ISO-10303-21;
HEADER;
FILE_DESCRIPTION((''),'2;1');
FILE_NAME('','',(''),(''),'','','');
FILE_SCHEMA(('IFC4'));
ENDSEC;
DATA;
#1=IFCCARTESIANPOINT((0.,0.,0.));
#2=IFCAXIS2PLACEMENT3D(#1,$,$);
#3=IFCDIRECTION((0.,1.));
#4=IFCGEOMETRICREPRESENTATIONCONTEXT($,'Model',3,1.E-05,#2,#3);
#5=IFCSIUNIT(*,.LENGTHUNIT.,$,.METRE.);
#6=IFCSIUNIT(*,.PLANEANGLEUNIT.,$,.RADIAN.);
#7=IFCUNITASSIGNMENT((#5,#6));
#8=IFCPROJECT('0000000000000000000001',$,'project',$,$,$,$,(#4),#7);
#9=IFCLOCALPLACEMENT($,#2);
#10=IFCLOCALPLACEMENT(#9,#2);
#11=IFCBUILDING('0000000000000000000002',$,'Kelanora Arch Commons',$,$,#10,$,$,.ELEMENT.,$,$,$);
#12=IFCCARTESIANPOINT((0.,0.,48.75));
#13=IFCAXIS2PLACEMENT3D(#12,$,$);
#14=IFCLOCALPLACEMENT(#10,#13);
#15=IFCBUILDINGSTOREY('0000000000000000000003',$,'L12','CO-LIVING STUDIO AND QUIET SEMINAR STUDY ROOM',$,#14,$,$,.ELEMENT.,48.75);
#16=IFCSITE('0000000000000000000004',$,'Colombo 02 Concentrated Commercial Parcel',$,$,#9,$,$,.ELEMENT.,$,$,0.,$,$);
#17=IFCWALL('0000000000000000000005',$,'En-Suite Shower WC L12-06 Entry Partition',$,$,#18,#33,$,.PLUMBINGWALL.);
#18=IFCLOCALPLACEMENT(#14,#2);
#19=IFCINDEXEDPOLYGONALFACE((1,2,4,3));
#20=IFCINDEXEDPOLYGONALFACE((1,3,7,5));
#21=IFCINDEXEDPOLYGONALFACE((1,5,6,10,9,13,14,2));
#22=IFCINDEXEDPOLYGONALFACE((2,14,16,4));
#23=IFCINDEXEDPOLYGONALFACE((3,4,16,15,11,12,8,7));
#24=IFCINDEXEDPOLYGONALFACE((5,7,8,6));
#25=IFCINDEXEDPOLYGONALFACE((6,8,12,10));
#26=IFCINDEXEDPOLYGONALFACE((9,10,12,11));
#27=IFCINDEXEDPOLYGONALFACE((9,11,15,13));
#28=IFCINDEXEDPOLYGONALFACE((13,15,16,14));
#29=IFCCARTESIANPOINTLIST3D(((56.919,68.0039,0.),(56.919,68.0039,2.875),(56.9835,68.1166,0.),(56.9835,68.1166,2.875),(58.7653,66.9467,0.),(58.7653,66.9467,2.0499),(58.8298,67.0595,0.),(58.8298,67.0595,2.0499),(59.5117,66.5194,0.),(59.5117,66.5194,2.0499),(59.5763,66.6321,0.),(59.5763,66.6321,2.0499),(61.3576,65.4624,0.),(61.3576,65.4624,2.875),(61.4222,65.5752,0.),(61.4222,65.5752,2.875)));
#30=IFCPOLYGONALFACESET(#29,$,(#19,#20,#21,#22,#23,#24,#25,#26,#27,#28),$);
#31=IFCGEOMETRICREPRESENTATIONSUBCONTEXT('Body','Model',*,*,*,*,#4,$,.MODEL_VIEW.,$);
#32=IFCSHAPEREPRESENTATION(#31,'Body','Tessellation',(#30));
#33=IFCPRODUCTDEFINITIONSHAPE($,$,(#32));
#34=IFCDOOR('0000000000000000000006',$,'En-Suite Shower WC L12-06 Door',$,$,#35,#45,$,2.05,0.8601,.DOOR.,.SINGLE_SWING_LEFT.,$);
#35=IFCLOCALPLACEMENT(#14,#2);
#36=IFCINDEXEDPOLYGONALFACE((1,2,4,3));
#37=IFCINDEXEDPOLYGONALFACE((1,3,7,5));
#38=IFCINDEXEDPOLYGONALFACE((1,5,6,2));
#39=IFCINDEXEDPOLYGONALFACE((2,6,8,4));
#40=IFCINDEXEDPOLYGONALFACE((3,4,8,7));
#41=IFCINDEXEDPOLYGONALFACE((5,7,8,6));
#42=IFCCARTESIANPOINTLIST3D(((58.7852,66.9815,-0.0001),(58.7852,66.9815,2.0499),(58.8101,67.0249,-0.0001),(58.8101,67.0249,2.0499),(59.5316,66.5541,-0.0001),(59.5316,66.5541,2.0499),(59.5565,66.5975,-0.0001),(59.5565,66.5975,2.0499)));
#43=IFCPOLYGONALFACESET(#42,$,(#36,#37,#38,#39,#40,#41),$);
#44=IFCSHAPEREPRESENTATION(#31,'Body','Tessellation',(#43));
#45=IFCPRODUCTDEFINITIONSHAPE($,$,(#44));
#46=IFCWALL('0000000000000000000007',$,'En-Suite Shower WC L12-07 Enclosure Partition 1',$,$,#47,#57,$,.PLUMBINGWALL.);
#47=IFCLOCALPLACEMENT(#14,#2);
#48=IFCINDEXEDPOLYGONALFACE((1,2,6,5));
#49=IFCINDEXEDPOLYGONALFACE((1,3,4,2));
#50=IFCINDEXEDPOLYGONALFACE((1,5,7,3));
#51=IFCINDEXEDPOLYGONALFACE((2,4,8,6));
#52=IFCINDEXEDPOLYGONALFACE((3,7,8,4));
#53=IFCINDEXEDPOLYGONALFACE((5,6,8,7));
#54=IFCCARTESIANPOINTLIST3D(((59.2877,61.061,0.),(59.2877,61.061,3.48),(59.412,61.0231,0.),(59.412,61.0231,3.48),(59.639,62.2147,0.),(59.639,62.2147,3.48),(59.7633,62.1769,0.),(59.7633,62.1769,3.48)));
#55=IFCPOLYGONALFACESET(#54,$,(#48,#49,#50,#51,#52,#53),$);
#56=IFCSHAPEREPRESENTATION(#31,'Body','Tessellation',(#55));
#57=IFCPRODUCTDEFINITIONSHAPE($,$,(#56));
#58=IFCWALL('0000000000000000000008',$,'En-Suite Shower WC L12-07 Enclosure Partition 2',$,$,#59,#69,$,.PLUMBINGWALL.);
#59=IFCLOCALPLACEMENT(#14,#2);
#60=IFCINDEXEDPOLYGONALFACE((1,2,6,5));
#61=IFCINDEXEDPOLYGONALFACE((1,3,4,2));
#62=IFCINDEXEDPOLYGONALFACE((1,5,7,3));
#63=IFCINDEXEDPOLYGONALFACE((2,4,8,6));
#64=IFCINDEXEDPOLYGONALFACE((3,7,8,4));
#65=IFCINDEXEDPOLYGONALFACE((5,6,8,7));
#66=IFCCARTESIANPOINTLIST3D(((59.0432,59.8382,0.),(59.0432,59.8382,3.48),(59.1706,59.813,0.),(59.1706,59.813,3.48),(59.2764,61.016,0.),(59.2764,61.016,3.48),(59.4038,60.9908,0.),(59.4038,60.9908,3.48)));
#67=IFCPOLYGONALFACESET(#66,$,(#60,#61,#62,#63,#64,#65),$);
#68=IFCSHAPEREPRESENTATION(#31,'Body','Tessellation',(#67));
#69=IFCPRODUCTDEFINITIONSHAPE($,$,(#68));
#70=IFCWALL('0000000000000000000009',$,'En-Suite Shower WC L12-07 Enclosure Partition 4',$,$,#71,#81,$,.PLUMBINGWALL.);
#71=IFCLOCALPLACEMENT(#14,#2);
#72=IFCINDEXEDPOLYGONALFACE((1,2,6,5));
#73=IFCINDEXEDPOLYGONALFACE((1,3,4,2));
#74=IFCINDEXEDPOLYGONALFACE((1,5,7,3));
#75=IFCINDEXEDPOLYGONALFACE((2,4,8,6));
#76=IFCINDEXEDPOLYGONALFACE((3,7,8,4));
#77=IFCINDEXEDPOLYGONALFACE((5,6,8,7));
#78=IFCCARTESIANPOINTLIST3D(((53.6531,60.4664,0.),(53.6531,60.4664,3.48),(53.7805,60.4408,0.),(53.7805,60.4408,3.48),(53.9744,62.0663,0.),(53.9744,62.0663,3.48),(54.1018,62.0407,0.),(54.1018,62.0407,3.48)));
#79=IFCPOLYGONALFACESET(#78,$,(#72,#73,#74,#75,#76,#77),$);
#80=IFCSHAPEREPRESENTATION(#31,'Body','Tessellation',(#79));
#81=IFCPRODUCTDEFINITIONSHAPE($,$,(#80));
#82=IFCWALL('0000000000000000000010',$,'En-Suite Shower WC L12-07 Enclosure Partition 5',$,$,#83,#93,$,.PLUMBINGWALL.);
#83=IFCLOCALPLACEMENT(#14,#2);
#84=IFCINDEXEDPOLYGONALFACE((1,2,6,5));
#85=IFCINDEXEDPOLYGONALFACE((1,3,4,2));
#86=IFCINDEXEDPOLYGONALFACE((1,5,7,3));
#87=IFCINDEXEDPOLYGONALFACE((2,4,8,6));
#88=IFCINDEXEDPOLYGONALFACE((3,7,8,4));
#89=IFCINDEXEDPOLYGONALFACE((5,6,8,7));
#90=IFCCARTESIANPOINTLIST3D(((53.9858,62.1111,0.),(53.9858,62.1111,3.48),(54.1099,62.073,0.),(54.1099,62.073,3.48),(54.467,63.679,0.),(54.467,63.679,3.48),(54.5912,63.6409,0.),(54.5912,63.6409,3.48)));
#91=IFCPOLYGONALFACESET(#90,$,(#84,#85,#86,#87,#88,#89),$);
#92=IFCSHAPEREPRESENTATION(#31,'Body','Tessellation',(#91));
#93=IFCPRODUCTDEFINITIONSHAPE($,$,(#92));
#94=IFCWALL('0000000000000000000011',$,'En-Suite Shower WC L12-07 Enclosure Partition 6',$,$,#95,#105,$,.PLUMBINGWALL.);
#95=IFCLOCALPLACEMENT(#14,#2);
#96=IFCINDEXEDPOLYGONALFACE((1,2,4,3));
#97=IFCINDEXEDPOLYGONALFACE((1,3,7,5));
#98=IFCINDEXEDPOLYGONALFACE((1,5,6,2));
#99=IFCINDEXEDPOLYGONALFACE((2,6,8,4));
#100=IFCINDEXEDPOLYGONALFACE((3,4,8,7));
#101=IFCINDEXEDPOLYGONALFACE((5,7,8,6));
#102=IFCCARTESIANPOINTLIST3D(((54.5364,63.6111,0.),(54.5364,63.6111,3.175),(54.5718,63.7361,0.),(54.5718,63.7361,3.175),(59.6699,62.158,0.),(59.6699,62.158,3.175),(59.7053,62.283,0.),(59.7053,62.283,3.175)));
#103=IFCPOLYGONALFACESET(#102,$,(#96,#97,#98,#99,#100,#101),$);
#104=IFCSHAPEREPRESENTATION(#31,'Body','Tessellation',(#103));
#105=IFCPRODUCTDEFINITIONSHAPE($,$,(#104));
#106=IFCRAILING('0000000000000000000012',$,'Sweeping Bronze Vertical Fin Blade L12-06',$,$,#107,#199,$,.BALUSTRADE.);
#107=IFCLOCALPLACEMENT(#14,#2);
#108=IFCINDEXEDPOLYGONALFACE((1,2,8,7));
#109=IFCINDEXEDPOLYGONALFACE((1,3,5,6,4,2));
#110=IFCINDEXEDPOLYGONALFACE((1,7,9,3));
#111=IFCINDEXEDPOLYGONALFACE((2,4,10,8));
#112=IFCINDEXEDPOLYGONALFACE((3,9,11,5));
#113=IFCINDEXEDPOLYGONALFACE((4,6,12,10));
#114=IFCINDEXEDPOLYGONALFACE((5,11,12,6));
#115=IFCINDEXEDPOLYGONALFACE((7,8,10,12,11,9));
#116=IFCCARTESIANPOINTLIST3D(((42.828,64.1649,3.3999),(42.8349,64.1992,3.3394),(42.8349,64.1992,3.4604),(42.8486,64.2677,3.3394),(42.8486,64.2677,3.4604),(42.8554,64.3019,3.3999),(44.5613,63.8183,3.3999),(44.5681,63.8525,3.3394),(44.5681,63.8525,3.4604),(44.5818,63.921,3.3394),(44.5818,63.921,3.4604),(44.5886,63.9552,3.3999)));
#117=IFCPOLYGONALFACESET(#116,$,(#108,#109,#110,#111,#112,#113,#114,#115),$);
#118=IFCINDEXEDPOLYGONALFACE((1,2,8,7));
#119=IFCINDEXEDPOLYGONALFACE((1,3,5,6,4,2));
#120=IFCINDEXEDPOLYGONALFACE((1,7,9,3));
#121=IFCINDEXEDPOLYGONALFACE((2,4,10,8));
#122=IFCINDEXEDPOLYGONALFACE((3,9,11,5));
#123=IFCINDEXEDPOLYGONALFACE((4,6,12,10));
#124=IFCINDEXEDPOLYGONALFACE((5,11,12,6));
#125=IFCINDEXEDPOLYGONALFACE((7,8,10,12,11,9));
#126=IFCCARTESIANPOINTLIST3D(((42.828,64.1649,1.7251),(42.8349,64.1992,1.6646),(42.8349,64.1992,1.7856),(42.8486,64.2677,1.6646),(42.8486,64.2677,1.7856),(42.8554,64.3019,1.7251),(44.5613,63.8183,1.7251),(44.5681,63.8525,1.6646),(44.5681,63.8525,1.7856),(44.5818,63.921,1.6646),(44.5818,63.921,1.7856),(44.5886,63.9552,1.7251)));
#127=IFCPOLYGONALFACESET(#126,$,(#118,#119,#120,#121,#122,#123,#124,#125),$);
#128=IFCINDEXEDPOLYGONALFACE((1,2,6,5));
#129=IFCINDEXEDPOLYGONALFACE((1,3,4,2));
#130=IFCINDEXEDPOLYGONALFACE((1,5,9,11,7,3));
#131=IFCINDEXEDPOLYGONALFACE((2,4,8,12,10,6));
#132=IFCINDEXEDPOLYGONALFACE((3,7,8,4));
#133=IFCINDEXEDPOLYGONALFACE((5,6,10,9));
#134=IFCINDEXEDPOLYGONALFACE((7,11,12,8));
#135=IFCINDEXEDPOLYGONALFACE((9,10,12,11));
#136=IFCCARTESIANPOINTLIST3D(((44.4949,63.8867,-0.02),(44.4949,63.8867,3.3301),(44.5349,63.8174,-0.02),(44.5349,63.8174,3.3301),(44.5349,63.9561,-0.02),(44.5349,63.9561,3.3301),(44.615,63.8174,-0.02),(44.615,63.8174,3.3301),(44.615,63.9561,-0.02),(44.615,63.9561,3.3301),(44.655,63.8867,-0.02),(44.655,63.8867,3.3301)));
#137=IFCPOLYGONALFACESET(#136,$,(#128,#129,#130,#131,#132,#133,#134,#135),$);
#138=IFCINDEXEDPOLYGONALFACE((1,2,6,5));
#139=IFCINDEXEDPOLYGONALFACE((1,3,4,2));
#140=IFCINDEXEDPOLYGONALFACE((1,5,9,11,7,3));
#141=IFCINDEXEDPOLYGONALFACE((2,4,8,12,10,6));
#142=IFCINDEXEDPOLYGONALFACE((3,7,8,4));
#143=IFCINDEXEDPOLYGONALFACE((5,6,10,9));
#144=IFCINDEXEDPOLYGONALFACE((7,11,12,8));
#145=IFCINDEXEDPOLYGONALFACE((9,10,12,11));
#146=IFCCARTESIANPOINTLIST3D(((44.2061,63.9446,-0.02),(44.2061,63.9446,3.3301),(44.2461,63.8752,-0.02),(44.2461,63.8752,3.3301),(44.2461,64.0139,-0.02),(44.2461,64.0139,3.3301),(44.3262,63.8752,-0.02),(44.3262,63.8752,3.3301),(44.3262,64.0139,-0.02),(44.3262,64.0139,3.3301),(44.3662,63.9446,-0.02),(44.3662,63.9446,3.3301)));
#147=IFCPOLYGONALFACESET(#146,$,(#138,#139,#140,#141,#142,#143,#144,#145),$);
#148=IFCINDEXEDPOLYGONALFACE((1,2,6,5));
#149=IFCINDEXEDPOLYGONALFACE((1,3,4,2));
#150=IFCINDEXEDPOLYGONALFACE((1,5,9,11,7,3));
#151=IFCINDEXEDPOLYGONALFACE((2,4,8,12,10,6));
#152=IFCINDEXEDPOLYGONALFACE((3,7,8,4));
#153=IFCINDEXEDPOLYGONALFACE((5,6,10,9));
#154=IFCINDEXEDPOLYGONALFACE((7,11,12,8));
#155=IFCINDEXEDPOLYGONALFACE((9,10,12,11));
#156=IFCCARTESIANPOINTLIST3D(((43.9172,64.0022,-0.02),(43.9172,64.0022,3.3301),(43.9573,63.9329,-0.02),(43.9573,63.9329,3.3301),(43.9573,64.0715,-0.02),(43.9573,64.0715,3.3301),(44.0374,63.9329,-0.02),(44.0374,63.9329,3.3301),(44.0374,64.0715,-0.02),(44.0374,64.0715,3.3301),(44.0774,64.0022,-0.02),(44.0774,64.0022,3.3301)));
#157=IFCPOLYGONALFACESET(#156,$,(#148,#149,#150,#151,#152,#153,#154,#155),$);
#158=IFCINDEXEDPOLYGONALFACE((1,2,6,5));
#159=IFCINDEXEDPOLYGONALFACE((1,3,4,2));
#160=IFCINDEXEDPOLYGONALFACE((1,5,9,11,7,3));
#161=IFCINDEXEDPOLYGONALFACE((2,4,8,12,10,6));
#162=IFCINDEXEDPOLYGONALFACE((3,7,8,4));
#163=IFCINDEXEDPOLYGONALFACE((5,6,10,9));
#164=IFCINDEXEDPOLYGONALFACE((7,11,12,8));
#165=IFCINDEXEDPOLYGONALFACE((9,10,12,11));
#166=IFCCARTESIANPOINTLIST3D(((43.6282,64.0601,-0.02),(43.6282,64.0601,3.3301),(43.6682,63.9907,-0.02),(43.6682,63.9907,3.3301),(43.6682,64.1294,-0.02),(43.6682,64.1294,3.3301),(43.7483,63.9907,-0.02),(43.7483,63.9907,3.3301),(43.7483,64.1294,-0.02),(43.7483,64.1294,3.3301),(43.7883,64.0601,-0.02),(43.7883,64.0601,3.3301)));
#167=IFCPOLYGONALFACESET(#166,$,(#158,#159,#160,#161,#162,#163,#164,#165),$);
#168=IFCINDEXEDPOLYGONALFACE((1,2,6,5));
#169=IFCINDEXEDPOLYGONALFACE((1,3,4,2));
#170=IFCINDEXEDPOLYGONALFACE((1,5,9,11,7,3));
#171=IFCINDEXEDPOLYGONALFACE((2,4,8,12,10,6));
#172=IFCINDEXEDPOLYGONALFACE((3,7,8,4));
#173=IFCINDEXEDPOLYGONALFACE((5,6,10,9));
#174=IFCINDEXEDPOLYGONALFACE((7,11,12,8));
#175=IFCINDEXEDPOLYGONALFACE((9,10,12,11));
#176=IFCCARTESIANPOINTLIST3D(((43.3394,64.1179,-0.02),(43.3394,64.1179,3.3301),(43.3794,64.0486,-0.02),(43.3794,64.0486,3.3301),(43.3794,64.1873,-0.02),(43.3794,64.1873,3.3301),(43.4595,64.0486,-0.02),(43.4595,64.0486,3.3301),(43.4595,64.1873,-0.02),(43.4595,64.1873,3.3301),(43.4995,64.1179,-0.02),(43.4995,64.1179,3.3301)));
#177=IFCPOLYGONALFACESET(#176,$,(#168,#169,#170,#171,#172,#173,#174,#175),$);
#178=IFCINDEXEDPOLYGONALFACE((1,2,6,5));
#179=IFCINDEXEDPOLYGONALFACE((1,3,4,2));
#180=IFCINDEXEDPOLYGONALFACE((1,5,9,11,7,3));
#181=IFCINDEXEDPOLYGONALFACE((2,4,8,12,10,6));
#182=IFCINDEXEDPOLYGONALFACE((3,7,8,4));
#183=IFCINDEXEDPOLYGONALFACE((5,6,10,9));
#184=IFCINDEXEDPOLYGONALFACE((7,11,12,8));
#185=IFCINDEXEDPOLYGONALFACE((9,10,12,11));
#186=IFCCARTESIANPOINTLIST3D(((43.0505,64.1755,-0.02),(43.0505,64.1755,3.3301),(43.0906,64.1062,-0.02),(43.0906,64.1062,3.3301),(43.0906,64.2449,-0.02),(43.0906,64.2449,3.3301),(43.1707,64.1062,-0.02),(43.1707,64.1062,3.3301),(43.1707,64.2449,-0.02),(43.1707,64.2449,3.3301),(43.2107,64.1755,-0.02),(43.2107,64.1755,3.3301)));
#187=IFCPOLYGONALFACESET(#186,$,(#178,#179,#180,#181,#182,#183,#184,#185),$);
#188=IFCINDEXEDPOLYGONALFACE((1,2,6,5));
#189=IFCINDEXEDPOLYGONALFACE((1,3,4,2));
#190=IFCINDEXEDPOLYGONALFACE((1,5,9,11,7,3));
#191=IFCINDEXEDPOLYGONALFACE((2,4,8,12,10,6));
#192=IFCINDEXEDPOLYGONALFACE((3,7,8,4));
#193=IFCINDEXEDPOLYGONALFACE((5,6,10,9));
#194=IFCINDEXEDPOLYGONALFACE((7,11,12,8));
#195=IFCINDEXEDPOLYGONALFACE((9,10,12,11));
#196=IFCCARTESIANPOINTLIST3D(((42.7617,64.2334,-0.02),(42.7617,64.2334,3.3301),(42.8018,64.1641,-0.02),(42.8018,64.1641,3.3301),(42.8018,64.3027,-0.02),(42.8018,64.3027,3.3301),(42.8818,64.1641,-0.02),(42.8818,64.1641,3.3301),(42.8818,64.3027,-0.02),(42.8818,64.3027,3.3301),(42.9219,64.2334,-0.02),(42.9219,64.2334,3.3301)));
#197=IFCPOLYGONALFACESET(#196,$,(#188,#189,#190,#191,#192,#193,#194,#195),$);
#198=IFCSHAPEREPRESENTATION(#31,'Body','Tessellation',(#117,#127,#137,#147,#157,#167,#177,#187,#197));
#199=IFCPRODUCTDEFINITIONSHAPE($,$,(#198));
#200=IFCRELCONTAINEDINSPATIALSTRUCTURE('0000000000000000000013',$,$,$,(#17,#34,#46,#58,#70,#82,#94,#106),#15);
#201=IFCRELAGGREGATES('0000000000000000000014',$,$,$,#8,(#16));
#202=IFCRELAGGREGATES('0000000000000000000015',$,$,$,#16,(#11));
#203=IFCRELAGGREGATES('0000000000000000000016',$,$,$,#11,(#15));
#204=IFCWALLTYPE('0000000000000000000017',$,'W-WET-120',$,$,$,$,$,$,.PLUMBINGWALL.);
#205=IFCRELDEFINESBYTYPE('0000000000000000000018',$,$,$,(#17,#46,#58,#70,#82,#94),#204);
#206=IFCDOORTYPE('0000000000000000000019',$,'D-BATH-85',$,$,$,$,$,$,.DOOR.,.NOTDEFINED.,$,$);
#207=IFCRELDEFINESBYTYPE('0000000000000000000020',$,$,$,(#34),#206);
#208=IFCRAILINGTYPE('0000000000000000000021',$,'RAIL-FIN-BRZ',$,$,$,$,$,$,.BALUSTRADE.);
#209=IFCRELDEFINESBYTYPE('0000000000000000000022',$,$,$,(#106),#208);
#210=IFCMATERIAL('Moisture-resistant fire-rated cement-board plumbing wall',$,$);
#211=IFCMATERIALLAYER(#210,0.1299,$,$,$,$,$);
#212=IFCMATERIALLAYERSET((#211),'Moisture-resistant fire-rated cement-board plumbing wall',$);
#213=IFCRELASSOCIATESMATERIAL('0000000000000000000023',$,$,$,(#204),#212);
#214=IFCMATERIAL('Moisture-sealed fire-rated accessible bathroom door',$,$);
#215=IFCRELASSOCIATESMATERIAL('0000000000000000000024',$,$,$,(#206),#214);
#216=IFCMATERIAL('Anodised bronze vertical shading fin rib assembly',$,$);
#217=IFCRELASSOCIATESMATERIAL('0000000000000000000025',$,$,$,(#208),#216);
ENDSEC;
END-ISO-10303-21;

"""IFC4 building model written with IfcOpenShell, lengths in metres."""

from ifc_helpers import new_model, si_unit, direction, frame, frame_2d, origin, place, context, subcontext, project, spatial, polyline, rectangle, outline, extrude, material, layer, layer_set, type_object, element, fill, save


model = new_model("IFC4")

# Units and contexts
model_context = context("Model", 3, precision=1e-05, world=origin(), true_north=direction((0.0, 1.0)))
body_context = subcontext(model_context, "Body", "Model", "MODEL_VIEW")
ifc_project = project(units=[si_unit("LENGTHUNIT", "METRE"), si_unit("PLANEANGLEUNIT", "RADIAN")], contexts=[model_context])

# Site, building, storey
site_placement = place(None, origin())
site = spatial("IfcSite", under=ifc_project, at=site_placement, Name="Colombo 02 Concentrated Commercial Parcel", CompositionType="ELEMENT", RefElevation=0.0)
building_placement = place(site_placement, origin())
building = spatial("IfcBuilding", under=site, at=building_placement, Name="Kelanora Arch Commons", CompositionType="ELEMENT")
storey_placement = place(building_placement, frame((0.0, 0.0, 48.75)))
storey = spatial("IfcBuildingStorey", under=building, at=storey_placement, Name="L12", Description="CO-LIVING STUDIO AND QUIET SEMINAR STUDY ROOM", CompositionType="ELEMENT", Elevation=48.75)

# Wall, opening, door
ifc_material_1 = material(Name="Moisture-resistant fire-rated cement-board plumbing wall")
ifc_layer_1 = layer(ifc_material_1, 0.1299)
ifc_layer_set_1 = layer_set([ifc_layer_1], Name="Moisture-resistant fire-rated cement-board plumbing wall")
wall_type_1 = type_object("IfcWallType", Name="W-WET-120", PredefinedType="PLUMBINGWALL", material=ifc_layer_set_1)
wall_1_placement = place(storey_placement, frame((61.3899, 65.5188, 0.0), z_axis=(0.0, 0.0, 1.0), x_axis=(-0.867814, 0.496889, 0.0)))
wall_1 = element("IfcWall", 1, at=wall_1_placement, inside=storey, type_object=wall_type_1, Name="En-Suite Shower WC L12-06 Entry Partition", PredefinedType="PLUMBINGWALL", context=body_context, shape_type="SweptSolid", body=[
    extrude(rectangle(XDim=5.1147, YDim=0.1299, at=frame_2d((2.5574, 0.0))), origin(), (0.0, 0.0, 1.0), 2.875),
])
opening_1_placement = place(wall_1_placement, frame((2.127, 0.0, 0.0)))
opening_1 = element("IfcOpeningElement", 2, at=opening_1_placement, cuts=wall_1, PredefinedType="OPENING", context=body_context, shape_type="SweptSolid", body=[
    extrude(rectangle(XDim=0.8601, YDim=2.05, at=frame_2d((0.4302, 1.0249))), frame((0.0, 0.075, 0.0), z_axis=(0.0, -1.0, 0.0), x_axis=(1.0, 0.0, 0.0)), (0.0, 0.0, 1.0), 0.1499),
])
ifc_material_2 = material(Name="Moisture-sealed fire-rated accessible bathroom door")
door_type_1 = type_object("IfcDoorType", Name="D-BATH-85", OperationType="NOTDEFINED", PredefinedType="DOOR", material=ifc_material_2)
door_1_placement = place(opening_1_placement, origin())
door_1 = element("IfcDoor", 3, at=door_1_placement, inside=storey, type_object=door_type_1, Name="En-Suite Shower WC L12-06 Door", OperationType="SINGLE_SWING_LEFT", OverallHeight=2.05, OverallWidth=0.8601, PredefinedType="DOOR", context=body_context, shape_type="SweptSolid", body=[
    extrude(rectangle(XDim=0.8601, YDim=2.05, at=frame_2d((0.4302, 1.0249))), frame((0.0, 0.0249, 0.0), z_axis=(0.0, -1.0, 0.0), x_axis=(1.0, 0.0, 0.0)), (0.0, 0.0, 1.0), 0.05),
])
fill(opening_1, door_1)

# Walls
wall_2_placement = place(storey_placement, frame((59.7012, 62.1958, 0.0), z_axis=(0.0, 0.0, 1.0), x_axis=(-0.291282, -0.956637, 0.0)))
element("IfcWall", 4, at=wall_2_placement, inside=storey, type_object=wall_type_1, Name="En-Suite Shower WC L12-07 Enclosure Partition 1", PredefinedType="PLUMBINGWALL", context=body_context, shape_type="SweptSolid", body=[
    extrude(rectangle(XDim=1.2061, YDim=0.1299, at=frame_2d((0.603, 0.0))), origin(), (0.0, 0.0, 1.0), 3.48),
])
wall_3_placement = place(storey_placement, frame((59.3401, 61.0034, 0.0), z_axis=(0.0, 0.0, 1.0), x_axis=(-0.1942, -0.980962, 0.0)))
element("IfcWall", 5, at=wall_3_placement, inside=storey, type_object=wall_type_1, Name="En-Suite Shower WC L12-07 Enclosure Partition 2", PredefinedType="PLUMBINGWALL", context=body_context, shape_type="SweptSolid", body=[
    extrude(rectangle(XDim=1.2007, YDim=0.1299, at=frame_2d((0.6003, 0.0))), origin(), (0.0, 0.0, 1.0), 3.48),
])
wall_4_placement = place(storey_placement, frame((53.7168, 60.4536, 0.0), z_axis=(0.0, 0.0, 1.0), x_axis=(0.196893, 0.980425, 0.0)))
element("IfcWall", 6, at=wall_4_placement, inside=storey, type_object=wall_type_1, Name="En-Suite Shower WC L12-07 Enclosure Partition 4", PredefinedType="PLUMBINGWALL", context=body_context, shape_type="SweptSolid", body=[
    extrude(rectangle(XDim=1.6318, YDim=0.1299, at=frame_2d((0.8159, 0.0))), origin(), (0.0, 0.0, 1.0), 3.48),
])
wall_5_placement = place(storey_placement, frame((54.0479, 62.092, 0.0), z_axis=(0.0, 0.0, 1.0), x_axis=(0.293406, 0.955988, 0.0)))
element("IfcWall", 7, at=wall_5_placement, inside=storey, type_object=wall_type_1, Name="En-Suite Shower WC L12-07 Enclosure Partition 5", PredefinedType="PLUMBINGWALL", context=body_context, shape_type="SweptSolid", body=[
    extrude(rectangle(XDim=1.6401, YDim=0.1299, at=frame_2d((0.8201, 0.0))), origin(), (0.0, 0.0, 1.0), 3.48),
])
wall_6_placement = place(storey_placement, frame((54.5542, 63.6736, 0.0), z_axis=(0.0, 0.0, 1.0), x_axis=(0.962195, -0.272363, 0.0)))
element("IfcWall", 8, at=wall_6_placement, inside=storey, type_object=wall_type_1, Name="En-Suite Shower WC L12-07 Enclosure Partition 6", PredefinedType="PLUMBINGWALL", context=body_context, shape_type="SweptSolid", body=[
    extrude(rectangle(XDim=5.3352, YDim=0.1299, at=frame_2d((2.6675, 0.0))), origin(), (0.0, 0.0, 1.0), 3.175),
])

# Railing
ifc_material_3 = material(Name="Anodised bronze vertical shading fin rib assembly")
railing_type = type_object("IfcRailingType", Name="RAIL-FIN-BRZ", PredefinedType="BALUSTRADE", material=ifc_material_3)
railing_placement = place(storey_placement, frame((44.575, 63.8867, -0.02)))
element("IfcRailing", 9, at=railing_placement, inside=storey, type_object=railing_type, Name="Sweeping Bronze Vertical Fin Blade L12-06", PredefinedType="BALUSTRADE", context=body_context, shape_type="SweptSolid", body=[
    extrude(outline(polyline([(0.0698, 0.0), (0.0349, 0.0605), (-0.0349, 0.0605), (-0.0698, 0.0), (-0.0349, -0.0605), (0.0349, -0.0605), (0.0698, 0.0)])), frame((0.0, 0.0, 3.4199), z_axis=(-0.980575, 0.196143, 0.0), x_axis=(-0.196143, -0.980575, 0.0)), (0.0, 0.0, 1.0), 1.7676),
    extrude(outline(polyline([(0.0698, 0.0), (0.0349, 0.0605), (-0.0349, 0.0605), (-0.0698, 0.0), (-0.0349, -0.0605), (0.0349, -0.0605), (0.0698, 0.0)])), frame((0.0, 0.0, 1.7451), z_axis=(-0.980575, 0.196143, 0.0), x_axis=(-0.196143, -0.980575, 0.0)), (0.0, 0.0, 1.0), 1.7676),
    extrude(outline(polyline([(0.0801, 0.0), (0.04, 0.0693), (-0.04, 0.0693), (-0.0801, 0.0), (-0.04, -0.0693), (0.04, -0.0693), (0.0801, 0.0)])), origin(), (0.0, 0.0, 1.0), 3.3501),
    extrude(outline(polyline([(0.0801, 0.0), (0.04, 0.0693), (-0.04, 0.0693), (-0.0801, 0.0), (-0.04, -0.0693), (0.04, -0.0693), (0.0801, 0.0)])), frame((-0.2888, 0.0579, 0.0)), (0.0, 0.0, 1.0), 3.3501),
    extrude(outline(polyline([(0.0801, 0.0), (0.04, 0.0693), (-0.04, 0.0693), (-0.0801, 0.0), (-0.04, -0.0693), (0.04, -0.0693), (0.0801, 0.0)])), frame((-0.5776, 0.1155, 0.0)), (0.0, 0.0, 1.0), 3.3501),
    extrude(outline(polyline([(0.0801, 0.0), (0.04, 0.0693), (-0.04, 0.0693), (-0.0801, 0.0), (-0.04, -0.0693), (0.04, -0.0693), (0.0801, 0.0)])), frame((-0.8667, 0.1733, 0.0)), (0.0, 0.0, 1.0), 3.3501),
    extrude(outline(polyline([(0.0801, 0.0), (0.04, 0.0693), (-0.04, 0.0693), (-0.0801, 0.0), (-0.04, -0.0693), (0.04, -0.0693), (0.0801, 0.0)])), frame((-1.1555, 0.2312, 0.0)), (0.0, 0.0, 1.0), 3.3501),
    extrude(outline(polyline([(0.0801, 0.0), (0.04, 0.0693), (-0.04, 0.0693), (-0.0801, 0.0), (-0.04, -0.0693), (0.04, -0.0693), (0.0801, 0.0)])), frame((-1.4443, 0.2888, 0.0)), (0.0, 0.0, 1.0), 3.3501),
    extrude(outline(polyline([(0.0801, 0.0), (0.04, 0.0693), (-0.04, 0.0693), (-0.0801, 0.0), (-0.04, -0.0693), (0.04, -0.0693), (0.0801, 0.0)])), frame((-1.7332, 0.3467, 0.0)), (0.0, 0.0, 1.0), 3.3501),
])

save(model, "model.ifc")
